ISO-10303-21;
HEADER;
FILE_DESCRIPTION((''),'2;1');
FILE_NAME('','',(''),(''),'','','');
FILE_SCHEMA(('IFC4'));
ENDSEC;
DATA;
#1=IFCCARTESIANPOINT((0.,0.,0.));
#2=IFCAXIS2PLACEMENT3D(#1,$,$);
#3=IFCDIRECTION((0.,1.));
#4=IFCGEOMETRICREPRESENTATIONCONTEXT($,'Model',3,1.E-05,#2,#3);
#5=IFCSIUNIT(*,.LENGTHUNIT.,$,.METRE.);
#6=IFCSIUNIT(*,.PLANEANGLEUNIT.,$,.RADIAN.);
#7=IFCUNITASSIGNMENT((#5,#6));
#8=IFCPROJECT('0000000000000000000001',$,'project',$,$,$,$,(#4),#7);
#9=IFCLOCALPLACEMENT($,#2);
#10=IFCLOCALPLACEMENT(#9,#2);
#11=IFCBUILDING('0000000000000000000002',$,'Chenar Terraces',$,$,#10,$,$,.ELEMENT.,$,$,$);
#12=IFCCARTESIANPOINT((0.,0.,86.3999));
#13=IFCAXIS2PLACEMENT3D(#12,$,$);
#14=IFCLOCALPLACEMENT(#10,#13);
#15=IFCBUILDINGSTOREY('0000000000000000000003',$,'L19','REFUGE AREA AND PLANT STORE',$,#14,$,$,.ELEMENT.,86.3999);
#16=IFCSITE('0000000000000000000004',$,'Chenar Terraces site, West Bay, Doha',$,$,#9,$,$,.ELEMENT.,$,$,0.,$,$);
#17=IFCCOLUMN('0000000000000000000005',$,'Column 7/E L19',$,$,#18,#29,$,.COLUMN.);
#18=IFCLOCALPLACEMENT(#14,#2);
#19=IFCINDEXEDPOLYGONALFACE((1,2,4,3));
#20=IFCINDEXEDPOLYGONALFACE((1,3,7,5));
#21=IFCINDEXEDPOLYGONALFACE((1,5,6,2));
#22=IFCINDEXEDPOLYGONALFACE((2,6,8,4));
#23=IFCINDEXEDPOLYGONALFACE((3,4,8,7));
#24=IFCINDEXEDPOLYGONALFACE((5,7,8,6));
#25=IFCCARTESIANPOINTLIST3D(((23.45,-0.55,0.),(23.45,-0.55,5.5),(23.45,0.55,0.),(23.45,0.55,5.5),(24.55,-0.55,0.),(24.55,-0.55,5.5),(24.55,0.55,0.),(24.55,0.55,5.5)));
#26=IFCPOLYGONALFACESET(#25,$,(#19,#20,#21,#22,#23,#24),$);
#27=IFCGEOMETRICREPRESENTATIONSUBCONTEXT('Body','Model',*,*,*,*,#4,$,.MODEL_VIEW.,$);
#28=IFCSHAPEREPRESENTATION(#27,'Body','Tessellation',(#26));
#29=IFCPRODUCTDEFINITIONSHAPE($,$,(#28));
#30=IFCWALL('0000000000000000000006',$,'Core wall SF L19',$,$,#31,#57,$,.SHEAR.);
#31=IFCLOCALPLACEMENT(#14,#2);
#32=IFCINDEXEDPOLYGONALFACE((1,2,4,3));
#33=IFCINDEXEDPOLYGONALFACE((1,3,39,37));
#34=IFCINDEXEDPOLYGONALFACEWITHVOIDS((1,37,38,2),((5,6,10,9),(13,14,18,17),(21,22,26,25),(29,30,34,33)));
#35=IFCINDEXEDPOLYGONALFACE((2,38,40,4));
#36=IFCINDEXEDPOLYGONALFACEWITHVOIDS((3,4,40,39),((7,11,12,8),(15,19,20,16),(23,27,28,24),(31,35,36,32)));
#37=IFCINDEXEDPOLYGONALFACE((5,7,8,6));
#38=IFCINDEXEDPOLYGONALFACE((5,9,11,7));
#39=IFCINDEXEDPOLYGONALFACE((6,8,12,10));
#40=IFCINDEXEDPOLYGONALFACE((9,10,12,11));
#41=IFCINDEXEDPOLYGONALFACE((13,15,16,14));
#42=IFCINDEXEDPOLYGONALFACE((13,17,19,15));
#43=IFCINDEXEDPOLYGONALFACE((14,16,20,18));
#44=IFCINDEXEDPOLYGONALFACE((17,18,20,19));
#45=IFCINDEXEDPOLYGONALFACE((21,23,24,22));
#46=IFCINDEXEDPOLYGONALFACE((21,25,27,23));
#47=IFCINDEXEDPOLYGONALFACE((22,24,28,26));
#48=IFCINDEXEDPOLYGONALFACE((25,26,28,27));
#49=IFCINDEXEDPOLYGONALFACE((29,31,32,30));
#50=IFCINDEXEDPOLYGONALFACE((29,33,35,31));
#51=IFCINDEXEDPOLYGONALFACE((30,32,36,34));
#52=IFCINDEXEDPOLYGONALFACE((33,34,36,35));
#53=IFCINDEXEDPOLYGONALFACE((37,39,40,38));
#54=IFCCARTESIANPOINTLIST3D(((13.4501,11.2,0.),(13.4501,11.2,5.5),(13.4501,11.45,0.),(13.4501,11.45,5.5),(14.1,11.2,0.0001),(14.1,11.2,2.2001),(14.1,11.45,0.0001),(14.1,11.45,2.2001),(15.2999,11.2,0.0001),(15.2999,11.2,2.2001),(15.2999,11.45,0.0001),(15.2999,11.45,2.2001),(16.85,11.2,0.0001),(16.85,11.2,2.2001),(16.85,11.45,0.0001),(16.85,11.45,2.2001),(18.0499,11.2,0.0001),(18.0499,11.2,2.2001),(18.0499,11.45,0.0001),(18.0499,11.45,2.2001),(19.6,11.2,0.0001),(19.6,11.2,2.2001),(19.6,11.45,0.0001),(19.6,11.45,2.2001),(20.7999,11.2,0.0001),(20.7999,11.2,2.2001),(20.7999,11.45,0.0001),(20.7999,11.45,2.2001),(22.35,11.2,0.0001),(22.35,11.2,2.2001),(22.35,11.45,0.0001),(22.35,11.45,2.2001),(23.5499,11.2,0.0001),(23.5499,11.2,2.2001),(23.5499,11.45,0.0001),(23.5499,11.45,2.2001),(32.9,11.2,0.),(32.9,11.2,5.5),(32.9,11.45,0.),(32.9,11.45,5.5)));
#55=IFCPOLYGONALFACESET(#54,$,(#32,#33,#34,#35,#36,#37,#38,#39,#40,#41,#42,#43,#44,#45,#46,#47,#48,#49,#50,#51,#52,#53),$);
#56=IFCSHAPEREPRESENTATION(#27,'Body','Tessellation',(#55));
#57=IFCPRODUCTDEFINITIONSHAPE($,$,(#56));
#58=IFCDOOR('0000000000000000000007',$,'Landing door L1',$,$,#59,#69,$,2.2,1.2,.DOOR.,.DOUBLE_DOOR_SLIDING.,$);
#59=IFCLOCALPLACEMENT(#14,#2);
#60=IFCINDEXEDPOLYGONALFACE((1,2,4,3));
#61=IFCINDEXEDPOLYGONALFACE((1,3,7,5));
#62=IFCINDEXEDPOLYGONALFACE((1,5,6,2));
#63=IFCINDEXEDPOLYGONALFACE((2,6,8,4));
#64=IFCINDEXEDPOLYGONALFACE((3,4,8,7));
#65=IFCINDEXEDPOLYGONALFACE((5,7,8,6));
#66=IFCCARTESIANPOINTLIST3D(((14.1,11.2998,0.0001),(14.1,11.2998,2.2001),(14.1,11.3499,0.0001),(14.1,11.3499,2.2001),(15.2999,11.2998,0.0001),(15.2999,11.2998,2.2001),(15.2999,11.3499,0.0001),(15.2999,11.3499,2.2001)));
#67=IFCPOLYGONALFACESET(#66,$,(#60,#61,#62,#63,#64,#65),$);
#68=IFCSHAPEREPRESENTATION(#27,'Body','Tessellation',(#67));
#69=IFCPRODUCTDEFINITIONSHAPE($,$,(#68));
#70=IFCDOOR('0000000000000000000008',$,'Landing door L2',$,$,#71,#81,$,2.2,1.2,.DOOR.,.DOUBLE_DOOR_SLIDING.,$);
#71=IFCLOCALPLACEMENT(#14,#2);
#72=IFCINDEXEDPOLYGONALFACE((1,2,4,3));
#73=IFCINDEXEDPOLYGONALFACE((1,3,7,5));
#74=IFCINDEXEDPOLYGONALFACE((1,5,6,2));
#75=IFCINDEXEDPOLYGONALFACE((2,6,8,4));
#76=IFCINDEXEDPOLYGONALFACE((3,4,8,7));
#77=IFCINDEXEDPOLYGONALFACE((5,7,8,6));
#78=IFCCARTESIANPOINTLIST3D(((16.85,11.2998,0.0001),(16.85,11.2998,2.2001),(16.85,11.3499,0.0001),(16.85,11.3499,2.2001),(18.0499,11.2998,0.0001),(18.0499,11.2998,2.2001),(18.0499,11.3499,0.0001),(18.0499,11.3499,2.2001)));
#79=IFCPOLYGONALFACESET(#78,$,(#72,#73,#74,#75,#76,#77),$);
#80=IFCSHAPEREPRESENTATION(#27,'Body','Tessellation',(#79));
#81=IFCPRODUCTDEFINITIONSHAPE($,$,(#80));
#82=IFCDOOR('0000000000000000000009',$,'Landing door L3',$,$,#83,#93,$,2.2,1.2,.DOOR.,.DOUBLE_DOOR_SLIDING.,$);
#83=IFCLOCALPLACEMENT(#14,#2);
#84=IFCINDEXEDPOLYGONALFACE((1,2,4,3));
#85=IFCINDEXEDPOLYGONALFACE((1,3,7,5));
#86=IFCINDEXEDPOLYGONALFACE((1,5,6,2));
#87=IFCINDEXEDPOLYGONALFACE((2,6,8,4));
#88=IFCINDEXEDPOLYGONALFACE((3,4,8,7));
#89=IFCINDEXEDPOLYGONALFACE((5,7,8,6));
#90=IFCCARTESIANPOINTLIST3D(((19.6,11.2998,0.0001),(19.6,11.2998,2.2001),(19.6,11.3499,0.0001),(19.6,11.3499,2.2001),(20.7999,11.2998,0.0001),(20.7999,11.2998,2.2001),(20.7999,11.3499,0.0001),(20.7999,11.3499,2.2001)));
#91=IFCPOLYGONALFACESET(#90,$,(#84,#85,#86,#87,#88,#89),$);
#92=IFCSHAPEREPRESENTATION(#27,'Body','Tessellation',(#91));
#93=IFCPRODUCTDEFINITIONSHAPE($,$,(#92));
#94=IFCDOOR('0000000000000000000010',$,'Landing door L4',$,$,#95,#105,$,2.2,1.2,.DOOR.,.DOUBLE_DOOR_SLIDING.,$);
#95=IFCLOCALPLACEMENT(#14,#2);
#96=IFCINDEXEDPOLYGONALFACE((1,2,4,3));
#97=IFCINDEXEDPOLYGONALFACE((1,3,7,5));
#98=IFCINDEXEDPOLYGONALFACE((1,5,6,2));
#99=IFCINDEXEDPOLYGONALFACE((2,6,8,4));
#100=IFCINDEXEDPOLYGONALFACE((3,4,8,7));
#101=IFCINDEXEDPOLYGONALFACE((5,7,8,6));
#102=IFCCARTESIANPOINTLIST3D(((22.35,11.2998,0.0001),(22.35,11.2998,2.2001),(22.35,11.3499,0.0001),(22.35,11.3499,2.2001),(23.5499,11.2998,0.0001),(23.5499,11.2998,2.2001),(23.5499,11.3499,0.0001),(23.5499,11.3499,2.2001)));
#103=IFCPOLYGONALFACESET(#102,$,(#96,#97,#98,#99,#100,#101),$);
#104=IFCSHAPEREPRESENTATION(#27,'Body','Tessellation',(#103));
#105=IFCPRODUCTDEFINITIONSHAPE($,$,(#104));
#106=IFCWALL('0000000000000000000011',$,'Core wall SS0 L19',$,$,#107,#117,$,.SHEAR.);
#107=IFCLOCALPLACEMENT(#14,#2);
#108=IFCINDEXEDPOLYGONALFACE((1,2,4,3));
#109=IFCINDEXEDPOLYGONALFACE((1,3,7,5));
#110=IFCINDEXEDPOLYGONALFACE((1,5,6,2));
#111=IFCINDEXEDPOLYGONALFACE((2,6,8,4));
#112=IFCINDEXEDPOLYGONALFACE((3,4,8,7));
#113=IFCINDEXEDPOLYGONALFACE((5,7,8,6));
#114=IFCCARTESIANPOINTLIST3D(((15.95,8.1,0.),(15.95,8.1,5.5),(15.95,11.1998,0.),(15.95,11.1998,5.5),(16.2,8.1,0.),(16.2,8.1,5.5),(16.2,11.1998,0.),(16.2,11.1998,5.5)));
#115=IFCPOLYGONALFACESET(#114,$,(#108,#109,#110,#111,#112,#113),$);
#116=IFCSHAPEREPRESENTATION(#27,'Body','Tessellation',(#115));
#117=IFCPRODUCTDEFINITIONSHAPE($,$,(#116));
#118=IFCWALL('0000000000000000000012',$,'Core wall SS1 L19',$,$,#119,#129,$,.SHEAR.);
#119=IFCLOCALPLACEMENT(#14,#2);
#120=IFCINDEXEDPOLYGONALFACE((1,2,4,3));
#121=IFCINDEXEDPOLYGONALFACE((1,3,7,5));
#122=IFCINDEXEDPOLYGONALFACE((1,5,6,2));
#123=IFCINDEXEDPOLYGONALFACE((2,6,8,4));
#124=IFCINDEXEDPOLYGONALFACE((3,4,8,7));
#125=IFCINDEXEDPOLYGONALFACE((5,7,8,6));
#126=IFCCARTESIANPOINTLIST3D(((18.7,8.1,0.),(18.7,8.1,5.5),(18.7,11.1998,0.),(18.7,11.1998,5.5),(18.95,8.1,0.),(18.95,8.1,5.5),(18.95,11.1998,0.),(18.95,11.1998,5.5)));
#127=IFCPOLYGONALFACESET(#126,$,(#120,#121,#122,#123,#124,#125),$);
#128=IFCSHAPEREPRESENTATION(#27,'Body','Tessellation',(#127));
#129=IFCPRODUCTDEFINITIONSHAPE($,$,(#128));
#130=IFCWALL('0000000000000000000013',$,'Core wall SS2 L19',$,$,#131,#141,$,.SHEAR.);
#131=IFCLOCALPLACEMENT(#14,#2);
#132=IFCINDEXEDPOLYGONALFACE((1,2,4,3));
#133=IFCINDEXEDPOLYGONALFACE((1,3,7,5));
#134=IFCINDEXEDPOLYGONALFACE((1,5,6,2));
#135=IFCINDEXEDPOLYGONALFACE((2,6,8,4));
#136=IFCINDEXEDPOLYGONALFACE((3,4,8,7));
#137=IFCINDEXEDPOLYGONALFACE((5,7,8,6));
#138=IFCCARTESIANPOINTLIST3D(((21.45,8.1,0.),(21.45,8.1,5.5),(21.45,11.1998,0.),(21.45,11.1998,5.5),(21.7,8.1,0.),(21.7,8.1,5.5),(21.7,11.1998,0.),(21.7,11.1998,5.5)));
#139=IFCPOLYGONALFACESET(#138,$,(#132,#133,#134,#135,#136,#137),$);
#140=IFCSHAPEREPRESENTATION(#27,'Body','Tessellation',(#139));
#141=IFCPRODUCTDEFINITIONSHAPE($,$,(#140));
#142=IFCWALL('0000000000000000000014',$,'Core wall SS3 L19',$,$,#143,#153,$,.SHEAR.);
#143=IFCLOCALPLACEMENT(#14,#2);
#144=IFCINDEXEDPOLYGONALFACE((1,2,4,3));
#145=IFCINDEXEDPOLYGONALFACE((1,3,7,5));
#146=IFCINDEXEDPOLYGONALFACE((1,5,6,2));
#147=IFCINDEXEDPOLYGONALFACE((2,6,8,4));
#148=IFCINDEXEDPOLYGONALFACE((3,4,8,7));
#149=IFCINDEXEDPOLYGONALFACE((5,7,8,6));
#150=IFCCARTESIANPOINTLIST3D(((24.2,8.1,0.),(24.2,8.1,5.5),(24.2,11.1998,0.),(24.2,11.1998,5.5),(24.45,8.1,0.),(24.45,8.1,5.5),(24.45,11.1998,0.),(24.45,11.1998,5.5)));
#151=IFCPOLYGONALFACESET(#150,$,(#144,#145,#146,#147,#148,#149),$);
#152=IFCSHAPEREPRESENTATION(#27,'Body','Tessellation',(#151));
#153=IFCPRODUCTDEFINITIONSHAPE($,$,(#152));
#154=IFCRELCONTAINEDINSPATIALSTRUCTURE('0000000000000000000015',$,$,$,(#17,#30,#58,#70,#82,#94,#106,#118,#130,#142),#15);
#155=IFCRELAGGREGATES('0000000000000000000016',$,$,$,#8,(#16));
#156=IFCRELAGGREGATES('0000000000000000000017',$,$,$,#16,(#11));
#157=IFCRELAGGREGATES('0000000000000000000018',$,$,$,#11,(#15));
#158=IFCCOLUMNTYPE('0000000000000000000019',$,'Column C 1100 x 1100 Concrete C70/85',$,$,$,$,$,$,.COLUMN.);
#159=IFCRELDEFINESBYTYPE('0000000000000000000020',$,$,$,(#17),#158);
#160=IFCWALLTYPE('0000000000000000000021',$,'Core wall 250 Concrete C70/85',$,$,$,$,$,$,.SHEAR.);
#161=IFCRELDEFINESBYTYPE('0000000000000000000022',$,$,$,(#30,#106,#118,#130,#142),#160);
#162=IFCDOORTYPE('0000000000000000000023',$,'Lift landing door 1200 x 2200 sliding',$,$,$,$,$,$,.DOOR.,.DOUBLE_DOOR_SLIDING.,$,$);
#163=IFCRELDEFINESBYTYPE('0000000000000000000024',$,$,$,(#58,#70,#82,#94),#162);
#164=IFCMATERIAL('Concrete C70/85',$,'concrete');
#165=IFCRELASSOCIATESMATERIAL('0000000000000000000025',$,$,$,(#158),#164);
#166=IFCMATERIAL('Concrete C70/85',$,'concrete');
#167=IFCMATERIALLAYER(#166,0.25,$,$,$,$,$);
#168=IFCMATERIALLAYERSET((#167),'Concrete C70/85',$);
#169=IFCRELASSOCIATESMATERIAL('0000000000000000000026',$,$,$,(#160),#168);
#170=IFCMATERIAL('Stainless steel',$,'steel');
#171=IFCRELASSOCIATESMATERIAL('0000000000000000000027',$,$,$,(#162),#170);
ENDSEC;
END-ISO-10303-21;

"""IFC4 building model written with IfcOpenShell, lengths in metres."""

from ifc_helpers import new_model, si_unit, direction, frame, frame_2d, origin, origin_2d, place, context, subcontext, project, spatial, rectangle, extrude, material, layer, layer_set, material_profile, profile_set, type_object, element, fill, save


model = new_model("IFC4")

# Units and contexts
model_context = context("Model", 3, precision=1e-05, world=origin(), true_north=direction((0.0, 1.0)))
body_context = subcontext(model_context, "Body", "Model", "MODEL_VIEW")
ifc_project = project(units=[si_unit("LENGTHUNIT", "METRE"), si_unit("PLANEANGLEUNIT", "RADIAN")], contexts=[model_context])

# Site, building, storey
site_placement = place(None, origin())
site = spatial("IfcSite", under=ifc_project, at=site_placement, Name="Chenar Terraces site, West Bay, Doha", CompositionType="ELEMENT", RefElevation=0.0)
building_placement = place(site_placement, origin())
building = spatial("IfcBuilding", under=site, at=building_placement, Name="Chenar Terraces", CompositionType="ELEMENT")
storey_placement = place(building_placement, frame((0.0, 0.0, 86.3999)))
storey = spatial("IfcBuildingStorey", under=building, at=storey_placement, Name="L19", Description="REFUGE AREA AND PLANT STORE", CompositionType="ELEMENT", Elevation=86.3999)

# Column
ifc_material_1 = material(Name="Concrete C70/85", Category="concrete")
ifc_material_profile_1 = material_profile(ifc_material_1, rectangle(XDim=1.1001, YDim=1.1001, at=origin_2d()), Name="C 1100 x 1100")
ifc_profile_set_1 = profile_set([ifc_material_profile_1], Name="Concrete C70/85")
column_type = type_object("IfcColumnType", Name="Column C 1100 x 1100 Concrete C70/85", PredefinedType="COLUMN", material=ifc_profile_set_1)
column_placement = place(storey_placement, frame((24.0, 0.0, 0.0), z_axis=(0.0, 0.0, 1.0), x_axis=(1.0, 0.0, 0.0)))
element("IfcColumn", 1, at=column_placement, inside=storey, type_object=column_type, Name="Column 7/E L19", PredefinedType="COLUMN", context=body_context, shape_type="SweptSolid", body=[
    extrude(rectangle(XDim=1.1001, YDim=1.1001, at=origin_2d()), origin(), (0.0, 0.0, 1.0), 5.5),
])

# Wall, openings, doors
ifc_material_2 = material(Name="Concrete C70/85", Category="concrete")
ifc_layer_1 = layer(ifc_material_2, 0.25)
ifc_layer_set_1 = layer_set([ifc_layer_1], Name="Concrete C70/85")
wall_type_1 = type_object("IfcWallType", Name="Core wall 250 Concrete C70/85", PredefinedType="SHEAR", material=ifc_layer_set_1)
wall_1_placement = place(storey_placement, frame((13.45, 11.325, 0.0), z_axis=(0.0, 0.0, 1.0), x_axis=(1.0, 0.0, 0.0)))
wall_1 = element("IfcWall", 2, at=wall_1_placement, inside=storey, type_object=wall_type_1, Name="Core wall SF L19", PredefinedType="SHEAR", context=body_context, shape_type="SweptSolid", body=[
    extrude(rectangle(XDim=19.45, YDim=0.25, at=frame_2d((9.7251, 0.0))), origin(), (0.0, 0.0, 1.0), 5.5),
])
opening_1_placement = place(wall_1_placement, frame((0.6499, 0.0, 0.0)))
opening_1 = element("IfcOpeningElement", 3, at=opening_1_placement, cuts=wall_1, PredefinedType="OPENING", context=body_context, shape_type="SweptSolid", body=[
    extrude(rectangle(XDim=1.2, YDim=2.2, at=frame_2d((0.6001, 1.1001))), frame((0.0, 0.135, 0.0), z_axis=(0.0, -1.0, 0.0), x_axis=(1.0, 0.0, 0.0)), (0.0, 0.0, 1.0), 0.27),
])
opening_2_placement = place(wall_1_placement, frame((3.3999, 0.0, 0.0)))
opening_2 = element("IfcOpeningElement", 4, at=opening_2_placement, cuts=wall_1, PredefinedType="OPENING", context=body_context, shape_type="SweptSolid", body=[
    extrude(rectangle(XDim=1.2, YDim=2.2, at=frame_2d((0.6001, 1.1001))), frame((0.0, 0.135, 0.0), z_axis=(0.0, -1.0, 0.0), x_axis=(1.0, 0.0, 0.0)), (0.0, 0.0, 1.0), 0.27),
])
opening_3_placement = place(wall_1_placement, frame((6.1499, 0.0, 0.0)))
opening_3 = element("IfcOpeningElement", 5, at=opening_3_placement, cuts=wall_1, PredefinedType="OPENING", context=body_context, shape_type="SweptSolid", body=[
    extrude(rectangle(XDim=1.2, YDim=2.2, at=frame_2d((0.6001, 1.1001))), frame((0.0, 0.135, 0.0), z_axis=(0.0, -1.0, 0.0), x_axis=(1.0, 0.0, 0.0)), (0.0, 0.0, 1.0), 0.27),
])
opening_4_placement = place(wall_1_placement, frame((8.8999, 0.0, 0.0)))
opening_4 = element("IfcOpeningElement", 6, at=opening_4_placement, cuts=wall_1, PredefinedType="OPENING", context=body_context, shape_type="SweptSolid", body=[
    extrude(rectangle(XDim=1.2, YDim=2.2, at=frame_2d((0.6001, 1.1001))), frame((0.0, 0.135, 0.0), z_axis=(0.0, -1.0, 0.0), x_axis=(1.0, 0.0, 0.0)), (0.0, 0.0, 1.0), 0.27),
])
ifc_material_3 = material(Name="Stainless steel", Category="steel")
door_type_1 = type_object("IfcDoorType", Name="Lift landing door 1200 x 2200 sliding", OperationType="DOUBLE_DOOR_SLIDING", PredefinedType="DOOR", material=ifc_material_3)
door_1_placement = place(opening_1_placement, origin())
door_1 = element("IfcDoor", 7, at=door_1_placement, inside=storey, type_object=door_type_1, Name="Landing door L1", OperationType="DOUBLE_DOOR_SLIDING", OverallHeight=2.2, OverallWidth=1.2, PredefinedType="DOOR", context=body_context, shape_type="SweptSolid", body=[
    extrude(rectangle(XDim=1.2, YDim=2.2, at=frame_2d((0.6001, 1.1001))), frame((0.0, 0.0249, 0.0), z_axis=(0.0, -1.0, 0.0), x_axis=(1.0, 0.0, 0.0)), (0.0, 0.0, 1.0), 0.05),
])
fill(opening_1, door_1)
door_2_placement = place(opening_2_placement, origin())
door_2 = element("IfcDoor", 8, at=door_2_placement, inside=storey, type_object=door_type_1, Name="Landing door L2", OperationType="DOUBLE_DOOR_SLIDING", OverallHeight=2.2, OverallWidth=1.2, PredefinedType="DOOR", context=body_context, shape_type="SweptSolid", body=[
    extrude(rectangle(XDim=1.2, YDim=2.2, at=frame_2d((0.6001, 1.1001))), frame((0.0, 0.0249, 0.0), z_axis=(0.0, -1.0, 0.0), x_axis=(1.0, 0.0, 0.0)), (0.0, 0.0, 1.0), 0.05),
])
fill(opening_2, door_2)
door_3_placement = place(opening_3_placement, origin())
door_3 = element("IfcDoor", 9, at=door_3_placement, inside=storey, type_object=door_type_1, Name="Landing door L3", OperationType="DOUBLE_DOOR_SLIDING", OverallHeight=2.2, OverallWidth=1.2, PredefinedType="DOOR", context=body_context, shape_type="SweptSolid", body=[
    extrude(rectangle(XDim=1.2, YDim=2.2, at=frame_2d((0.6001, 1.1001))), frame((0.0, 0.0249, 0.0), z_axis=(0.0, -1.0, 0.0), x_axis=(1.0, 0.0, 0.0)), (0.0, 0.0, 1.0), 0.05),
])
fill(opening_3, door_3)
door_4_placement = place(opening_4_placement, origin())
door_4 = element("IfcDoor", 10, at=door_4_placement, inside=storey, type_object=door_type_1, Name="Landing door L4", OperationType="DOUBLE_DOOR_SLIDING", OverallHeight=2.2, OverallWidth=1.2, PredefinedType="DOOR", context=body_context, shape_type="SweptSolid", body=[
    extrude(rectangle(XDim=1.2, YDim=2.2, at=frame_2d((0.6001, 1.1001))), frame((0.0, 0.0249, 0.0), z_axis=(0.0, -1.0, 0.0), x_axis=(1.0, 0.0, 0.0)), (0.0, 0.0, 1.0), 0.05),
])
fill(opening_4, door_4)

# Walls
for number, where, z_axis, x_axis, name in (
    (11, (16.075, 8.1001, 0.0), (0.0, 0.0, 1.0), (0.0, 1.0, 0.0), "Core wall SS0 L19"),
    (12, (18.825, 8.1001, 0.0), (0.0, 0.0, 1.0), (0.0, 1.0, 0.0), "Core wall SS1 L19"),
    (13, (21.575, 8.1001, 0.0), (0.0, 0.0, 1.0), (0.0, 1.0, 0.0), "Core wall SS2 L19"),
    (14, (24.325, 8.1001, 0.0), (0.0, 0.0, 1.0), (0.0, 1.0, 0.0), "Core wall SS3 L19"),
):
    element("IfcWall", number, at=place(storey_placement, frame(where, z_axis=z_axis, x_axis=x_axis)), inside=storey, type_object=wall_type_1, Name=name, PredefinedType="SHEAR", context=body_context, shape_type="SweptSolid", body=[
        extrude(rectangle(XDim=3.0999, YDim=0.25, at=frame_2d((1.5498, 0.0))), origin(), (0.0, 0.0, 1.0), 5.5),
    ])

save(model, "model.ifc")
